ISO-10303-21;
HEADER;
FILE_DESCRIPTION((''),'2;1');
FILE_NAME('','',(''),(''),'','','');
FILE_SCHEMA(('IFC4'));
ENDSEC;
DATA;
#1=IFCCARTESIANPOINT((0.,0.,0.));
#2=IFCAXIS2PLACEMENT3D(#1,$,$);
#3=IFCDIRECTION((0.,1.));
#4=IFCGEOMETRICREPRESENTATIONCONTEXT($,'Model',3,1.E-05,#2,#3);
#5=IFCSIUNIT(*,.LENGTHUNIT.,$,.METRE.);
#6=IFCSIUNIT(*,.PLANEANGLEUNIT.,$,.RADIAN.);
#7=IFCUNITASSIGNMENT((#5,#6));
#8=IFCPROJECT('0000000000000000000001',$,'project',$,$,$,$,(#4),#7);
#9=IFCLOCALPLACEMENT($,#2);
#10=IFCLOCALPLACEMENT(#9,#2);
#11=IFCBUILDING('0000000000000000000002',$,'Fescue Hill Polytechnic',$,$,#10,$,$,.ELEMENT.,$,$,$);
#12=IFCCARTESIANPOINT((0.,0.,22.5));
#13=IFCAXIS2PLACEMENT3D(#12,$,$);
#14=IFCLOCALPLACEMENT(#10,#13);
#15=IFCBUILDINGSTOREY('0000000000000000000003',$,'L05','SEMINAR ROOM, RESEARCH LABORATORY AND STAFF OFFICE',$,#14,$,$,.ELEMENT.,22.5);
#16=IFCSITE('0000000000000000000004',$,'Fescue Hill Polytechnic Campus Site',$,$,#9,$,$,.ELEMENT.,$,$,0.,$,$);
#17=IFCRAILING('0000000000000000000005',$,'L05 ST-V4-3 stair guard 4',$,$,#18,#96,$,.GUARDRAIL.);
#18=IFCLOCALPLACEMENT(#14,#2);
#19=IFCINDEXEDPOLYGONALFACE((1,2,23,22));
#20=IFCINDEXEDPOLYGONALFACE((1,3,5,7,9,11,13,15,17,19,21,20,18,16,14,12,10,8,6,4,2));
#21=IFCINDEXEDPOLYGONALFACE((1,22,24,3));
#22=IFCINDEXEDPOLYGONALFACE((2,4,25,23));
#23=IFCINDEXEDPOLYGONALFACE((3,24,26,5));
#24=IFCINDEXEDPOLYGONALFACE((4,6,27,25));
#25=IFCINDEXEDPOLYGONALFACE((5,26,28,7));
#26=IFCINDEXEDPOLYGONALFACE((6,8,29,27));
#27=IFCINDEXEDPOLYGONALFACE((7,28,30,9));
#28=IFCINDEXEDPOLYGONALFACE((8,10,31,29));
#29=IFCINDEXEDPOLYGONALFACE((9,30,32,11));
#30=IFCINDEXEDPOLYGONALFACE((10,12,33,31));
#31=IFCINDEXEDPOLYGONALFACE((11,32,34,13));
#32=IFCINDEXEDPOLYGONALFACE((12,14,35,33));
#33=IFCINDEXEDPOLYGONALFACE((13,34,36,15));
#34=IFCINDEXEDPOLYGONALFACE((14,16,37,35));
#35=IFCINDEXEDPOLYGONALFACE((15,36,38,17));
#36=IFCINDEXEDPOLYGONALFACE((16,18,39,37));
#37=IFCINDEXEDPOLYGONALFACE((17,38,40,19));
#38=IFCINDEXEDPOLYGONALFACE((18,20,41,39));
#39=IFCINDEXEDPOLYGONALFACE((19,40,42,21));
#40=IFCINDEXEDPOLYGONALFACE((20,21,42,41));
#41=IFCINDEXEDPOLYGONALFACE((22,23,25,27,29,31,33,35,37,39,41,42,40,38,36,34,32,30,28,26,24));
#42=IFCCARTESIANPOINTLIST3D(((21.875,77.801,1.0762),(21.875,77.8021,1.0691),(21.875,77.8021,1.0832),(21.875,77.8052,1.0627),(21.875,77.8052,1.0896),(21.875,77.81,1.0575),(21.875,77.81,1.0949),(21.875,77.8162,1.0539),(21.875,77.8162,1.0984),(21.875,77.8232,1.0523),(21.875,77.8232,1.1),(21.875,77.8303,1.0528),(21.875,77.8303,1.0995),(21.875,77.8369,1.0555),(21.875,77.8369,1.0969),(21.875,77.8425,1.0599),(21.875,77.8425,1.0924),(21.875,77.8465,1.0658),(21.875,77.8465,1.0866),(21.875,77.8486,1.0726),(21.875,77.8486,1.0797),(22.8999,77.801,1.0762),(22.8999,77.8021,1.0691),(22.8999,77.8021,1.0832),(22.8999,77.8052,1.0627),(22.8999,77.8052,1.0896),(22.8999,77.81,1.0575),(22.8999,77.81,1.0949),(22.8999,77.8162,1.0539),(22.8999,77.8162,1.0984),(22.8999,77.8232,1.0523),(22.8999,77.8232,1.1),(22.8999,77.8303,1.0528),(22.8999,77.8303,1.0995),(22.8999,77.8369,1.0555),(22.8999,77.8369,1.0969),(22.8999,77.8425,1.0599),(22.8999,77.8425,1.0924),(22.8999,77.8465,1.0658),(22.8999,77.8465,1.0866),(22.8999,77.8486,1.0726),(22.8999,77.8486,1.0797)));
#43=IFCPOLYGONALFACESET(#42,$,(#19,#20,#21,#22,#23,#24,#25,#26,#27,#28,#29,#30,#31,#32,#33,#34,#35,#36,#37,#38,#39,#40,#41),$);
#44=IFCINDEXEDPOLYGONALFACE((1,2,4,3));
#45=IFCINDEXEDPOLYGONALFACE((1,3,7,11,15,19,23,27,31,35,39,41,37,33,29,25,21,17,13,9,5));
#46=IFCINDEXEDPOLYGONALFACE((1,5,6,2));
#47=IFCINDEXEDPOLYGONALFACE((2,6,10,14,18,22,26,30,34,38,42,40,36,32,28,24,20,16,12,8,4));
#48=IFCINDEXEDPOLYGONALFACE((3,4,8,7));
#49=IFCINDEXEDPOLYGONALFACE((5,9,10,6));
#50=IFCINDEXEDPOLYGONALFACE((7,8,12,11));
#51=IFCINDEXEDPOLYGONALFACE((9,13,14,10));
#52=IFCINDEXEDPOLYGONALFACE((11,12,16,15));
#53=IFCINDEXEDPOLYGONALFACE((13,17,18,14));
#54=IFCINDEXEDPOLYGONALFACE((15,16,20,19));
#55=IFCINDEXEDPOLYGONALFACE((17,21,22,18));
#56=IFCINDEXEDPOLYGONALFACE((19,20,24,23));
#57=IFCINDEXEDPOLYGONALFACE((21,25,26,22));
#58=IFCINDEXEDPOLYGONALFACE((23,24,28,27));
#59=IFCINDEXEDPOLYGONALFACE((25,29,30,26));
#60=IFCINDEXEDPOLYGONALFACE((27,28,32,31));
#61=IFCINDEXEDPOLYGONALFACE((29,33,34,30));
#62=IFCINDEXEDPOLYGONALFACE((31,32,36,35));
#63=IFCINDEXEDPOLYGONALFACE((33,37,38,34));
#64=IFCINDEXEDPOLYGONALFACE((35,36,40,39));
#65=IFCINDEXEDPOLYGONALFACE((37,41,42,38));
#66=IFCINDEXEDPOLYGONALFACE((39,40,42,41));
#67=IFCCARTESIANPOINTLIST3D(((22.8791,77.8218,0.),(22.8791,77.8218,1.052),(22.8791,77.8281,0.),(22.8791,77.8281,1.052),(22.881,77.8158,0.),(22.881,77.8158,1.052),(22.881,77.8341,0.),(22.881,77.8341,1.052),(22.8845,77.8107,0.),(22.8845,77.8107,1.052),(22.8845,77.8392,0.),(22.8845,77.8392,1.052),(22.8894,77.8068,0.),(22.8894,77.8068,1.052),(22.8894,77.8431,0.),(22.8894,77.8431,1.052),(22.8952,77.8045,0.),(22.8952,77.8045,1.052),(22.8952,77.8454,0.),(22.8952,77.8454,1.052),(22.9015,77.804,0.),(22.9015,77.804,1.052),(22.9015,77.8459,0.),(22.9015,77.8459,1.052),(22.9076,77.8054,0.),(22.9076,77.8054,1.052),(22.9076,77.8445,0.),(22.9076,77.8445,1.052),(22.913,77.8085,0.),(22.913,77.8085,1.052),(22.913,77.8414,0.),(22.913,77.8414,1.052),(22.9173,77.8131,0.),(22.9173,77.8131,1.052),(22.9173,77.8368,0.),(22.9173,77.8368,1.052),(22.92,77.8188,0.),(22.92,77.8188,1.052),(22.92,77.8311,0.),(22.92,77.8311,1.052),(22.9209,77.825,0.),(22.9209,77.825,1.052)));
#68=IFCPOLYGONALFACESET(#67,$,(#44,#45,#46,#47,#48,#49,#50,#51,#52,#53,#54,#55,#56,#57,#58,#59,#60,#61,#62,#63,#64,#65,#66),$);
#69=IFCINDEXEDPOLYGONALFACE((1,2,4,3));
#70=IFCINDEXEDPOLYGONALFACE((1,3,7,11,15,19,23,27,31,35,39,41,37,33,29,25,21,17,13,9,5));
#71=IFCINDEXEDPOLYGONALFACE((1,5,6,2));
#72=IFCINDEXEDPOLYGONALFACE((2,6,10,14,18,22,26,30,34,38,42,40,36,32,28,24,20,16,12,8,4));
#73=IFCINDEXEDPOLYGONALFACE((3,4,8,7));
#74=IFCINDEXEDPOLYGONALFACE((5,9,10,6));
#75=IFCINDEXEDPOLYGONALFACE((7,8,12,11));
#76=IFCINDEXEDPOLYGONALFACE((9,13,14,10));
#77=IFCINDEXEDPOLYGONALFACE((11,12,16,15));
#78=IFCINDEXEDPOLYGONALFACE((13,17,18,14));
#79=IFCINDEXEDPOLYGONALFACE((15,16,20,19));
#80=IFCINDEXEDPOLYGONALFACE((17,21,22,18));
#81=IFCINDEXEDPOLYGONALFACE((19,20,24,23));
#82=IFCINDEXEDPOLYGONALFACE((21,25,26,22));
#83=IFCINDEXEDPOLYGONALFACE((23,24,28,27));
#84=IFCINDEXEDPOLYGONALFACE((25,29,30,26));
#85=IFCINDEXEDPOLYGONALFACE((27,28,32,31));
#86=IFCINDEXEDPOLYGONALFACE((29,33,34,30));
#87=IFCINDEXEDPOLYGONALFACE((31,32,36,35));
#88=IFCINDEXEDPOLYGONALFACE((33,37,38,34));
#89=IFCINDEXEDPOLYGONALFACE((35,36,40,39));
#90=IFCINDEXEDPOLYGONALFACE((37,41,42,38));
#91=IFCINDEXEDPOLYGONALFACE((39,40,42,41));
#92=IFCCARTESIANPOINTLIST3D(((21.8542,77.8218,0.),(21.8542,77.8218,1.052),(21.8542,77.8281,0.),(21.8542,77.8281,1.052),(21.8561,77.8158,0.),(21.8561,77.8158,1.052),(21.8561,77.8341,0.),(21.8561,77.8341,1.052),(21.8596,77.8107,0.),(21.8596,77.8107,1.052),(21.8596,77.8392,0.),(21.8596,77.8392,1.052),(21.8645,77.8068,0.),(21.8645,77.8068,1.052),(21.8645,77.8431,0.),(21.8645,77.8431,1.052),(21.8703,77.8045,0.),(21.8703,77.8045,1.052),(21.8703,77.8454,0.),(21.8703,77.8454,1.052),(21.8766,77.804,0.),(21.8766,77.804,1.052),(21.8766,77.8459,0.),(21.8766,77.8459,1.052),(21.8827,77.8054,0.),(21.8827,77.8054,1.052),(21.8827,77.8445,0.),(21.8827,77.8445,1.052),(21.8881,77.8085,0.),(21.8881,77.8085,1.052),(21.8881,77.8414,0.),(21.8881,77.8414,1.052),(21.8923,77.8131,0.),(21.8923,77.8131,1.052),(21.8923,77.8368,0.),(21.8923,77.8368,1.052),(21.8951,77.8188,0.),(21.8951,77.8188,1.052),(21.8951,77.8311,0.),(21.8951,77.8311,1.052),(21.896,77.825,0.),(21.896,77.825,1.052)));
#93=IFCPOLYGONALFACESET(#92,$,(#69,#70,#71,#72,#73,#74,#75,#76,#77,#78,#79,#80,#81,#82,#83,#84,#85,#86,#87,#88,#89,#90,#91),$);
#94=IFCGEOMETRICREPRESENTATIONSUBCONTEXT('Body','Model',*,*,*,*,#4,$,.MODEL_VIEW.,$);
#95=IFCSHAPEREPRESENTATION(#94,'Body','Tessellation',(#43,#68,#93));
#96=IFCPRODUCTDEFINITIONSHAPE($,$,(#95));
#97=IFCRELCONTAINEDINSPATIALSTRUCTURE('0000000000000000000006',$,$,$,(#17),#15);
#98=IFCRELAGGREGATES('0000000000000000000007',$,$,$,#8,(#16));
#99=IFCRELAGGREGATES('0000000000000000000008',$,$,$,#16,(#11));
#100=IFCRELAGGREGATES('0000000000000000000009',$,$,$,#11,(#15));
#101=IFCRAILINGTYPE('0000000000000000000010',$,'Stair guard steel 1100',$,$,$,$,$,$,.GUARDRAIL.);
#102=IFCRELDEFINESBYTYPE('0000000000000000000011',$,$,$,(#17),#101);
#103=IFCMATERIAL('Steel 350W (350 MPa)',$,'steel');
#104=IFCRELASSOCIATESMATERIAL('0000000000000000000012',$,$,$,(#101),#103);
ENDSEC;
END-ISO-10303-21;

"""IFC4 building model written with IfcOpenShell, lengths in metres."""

from ifc_helpers import new_model, si_unit, direction, frame, origin, origin_2d, place, context, subcontext, project, spatial, circle, extrude, material, type_object, element, save


model = new_model("IFC4")

# Units and contexts
model_context = context("Model", 3, precision=1e-05, world=origin(), true_north=direction((0.0, 1.0)))
body_context = subcontext(model_context, "Body", "Model", "MODEL_VIEW")
ifc_project = project(units=[si_unit("LENGTHUNIT", "METRE"), si_unit("PLANEANGLEUNIT", "RADIAN")], contexts=[model_context])

# Site, building, storey
site_placement = place(None, origin())
site = spatial("IfcSite", under=ifc_project, at=site_placement, Name="Fescue Hill Polytechnic Campus Site", CompositionType="ELEMENT", RefElevation=0.0)
building_placement = place(site_placement, origin())
building = spatial("IfcBuilding", under=site, at=building_placement, Name="Fescue Hill Polytechnic", CompositionType="ELEMENT")
storey_placement = place(building_placement, frame((0.0, 0.0, 22.5)))
storey = spatial("IfcBuildingStorey", under=building, at=storey_placement, Name="L05", Description="SEMINAR ROOM, RESEARCH LABORATORY AND STAFF OFFICE", CompositionType="ELEMENT", Elevation=22.5)

# Railing
ifc_material_1 = material(Name="Steel 350W (350 MPa)", Category="steel")
railing_type = type_object("IfcRailingType", Name="Stair guard steel 1100", PredefinedType="GUARDRAIL", material=ifc_material_1)
railing_1_placement = place(storey_placement, frame((22.8999, 77.825, 0.0)))
element("IfcRailing", 1, at=railing_1_placement, inside=storey, type_object=railing_type, Name="L05 ST-V4-3 stair guard 4", PredefinedType="GUARDRAIL", context=body_context, shape_type="SweptSolid", body=[
    extrude(circle(Radius=0.0239, at=origin_2d()), frame((0.0, 0.0, 1.0762), z_axis=(-1.0, 0.0, 0.0), x_axis=(0.0, -1.0, 0.0)), (0.0, 0.0, 1.0), 1.0249),
    extrude(circle(Radius=0.021, at=origin_2d()), origin(), (0.0, 0.0, 1.0), 1.052),
    extrude(circle(Radius=0.021, at=origin_2d()), frame((-1.0249, 0.0, 0.0)), (0.0, 0.0, 1.0), 1.052),
])

save(model, "model.ifc")
